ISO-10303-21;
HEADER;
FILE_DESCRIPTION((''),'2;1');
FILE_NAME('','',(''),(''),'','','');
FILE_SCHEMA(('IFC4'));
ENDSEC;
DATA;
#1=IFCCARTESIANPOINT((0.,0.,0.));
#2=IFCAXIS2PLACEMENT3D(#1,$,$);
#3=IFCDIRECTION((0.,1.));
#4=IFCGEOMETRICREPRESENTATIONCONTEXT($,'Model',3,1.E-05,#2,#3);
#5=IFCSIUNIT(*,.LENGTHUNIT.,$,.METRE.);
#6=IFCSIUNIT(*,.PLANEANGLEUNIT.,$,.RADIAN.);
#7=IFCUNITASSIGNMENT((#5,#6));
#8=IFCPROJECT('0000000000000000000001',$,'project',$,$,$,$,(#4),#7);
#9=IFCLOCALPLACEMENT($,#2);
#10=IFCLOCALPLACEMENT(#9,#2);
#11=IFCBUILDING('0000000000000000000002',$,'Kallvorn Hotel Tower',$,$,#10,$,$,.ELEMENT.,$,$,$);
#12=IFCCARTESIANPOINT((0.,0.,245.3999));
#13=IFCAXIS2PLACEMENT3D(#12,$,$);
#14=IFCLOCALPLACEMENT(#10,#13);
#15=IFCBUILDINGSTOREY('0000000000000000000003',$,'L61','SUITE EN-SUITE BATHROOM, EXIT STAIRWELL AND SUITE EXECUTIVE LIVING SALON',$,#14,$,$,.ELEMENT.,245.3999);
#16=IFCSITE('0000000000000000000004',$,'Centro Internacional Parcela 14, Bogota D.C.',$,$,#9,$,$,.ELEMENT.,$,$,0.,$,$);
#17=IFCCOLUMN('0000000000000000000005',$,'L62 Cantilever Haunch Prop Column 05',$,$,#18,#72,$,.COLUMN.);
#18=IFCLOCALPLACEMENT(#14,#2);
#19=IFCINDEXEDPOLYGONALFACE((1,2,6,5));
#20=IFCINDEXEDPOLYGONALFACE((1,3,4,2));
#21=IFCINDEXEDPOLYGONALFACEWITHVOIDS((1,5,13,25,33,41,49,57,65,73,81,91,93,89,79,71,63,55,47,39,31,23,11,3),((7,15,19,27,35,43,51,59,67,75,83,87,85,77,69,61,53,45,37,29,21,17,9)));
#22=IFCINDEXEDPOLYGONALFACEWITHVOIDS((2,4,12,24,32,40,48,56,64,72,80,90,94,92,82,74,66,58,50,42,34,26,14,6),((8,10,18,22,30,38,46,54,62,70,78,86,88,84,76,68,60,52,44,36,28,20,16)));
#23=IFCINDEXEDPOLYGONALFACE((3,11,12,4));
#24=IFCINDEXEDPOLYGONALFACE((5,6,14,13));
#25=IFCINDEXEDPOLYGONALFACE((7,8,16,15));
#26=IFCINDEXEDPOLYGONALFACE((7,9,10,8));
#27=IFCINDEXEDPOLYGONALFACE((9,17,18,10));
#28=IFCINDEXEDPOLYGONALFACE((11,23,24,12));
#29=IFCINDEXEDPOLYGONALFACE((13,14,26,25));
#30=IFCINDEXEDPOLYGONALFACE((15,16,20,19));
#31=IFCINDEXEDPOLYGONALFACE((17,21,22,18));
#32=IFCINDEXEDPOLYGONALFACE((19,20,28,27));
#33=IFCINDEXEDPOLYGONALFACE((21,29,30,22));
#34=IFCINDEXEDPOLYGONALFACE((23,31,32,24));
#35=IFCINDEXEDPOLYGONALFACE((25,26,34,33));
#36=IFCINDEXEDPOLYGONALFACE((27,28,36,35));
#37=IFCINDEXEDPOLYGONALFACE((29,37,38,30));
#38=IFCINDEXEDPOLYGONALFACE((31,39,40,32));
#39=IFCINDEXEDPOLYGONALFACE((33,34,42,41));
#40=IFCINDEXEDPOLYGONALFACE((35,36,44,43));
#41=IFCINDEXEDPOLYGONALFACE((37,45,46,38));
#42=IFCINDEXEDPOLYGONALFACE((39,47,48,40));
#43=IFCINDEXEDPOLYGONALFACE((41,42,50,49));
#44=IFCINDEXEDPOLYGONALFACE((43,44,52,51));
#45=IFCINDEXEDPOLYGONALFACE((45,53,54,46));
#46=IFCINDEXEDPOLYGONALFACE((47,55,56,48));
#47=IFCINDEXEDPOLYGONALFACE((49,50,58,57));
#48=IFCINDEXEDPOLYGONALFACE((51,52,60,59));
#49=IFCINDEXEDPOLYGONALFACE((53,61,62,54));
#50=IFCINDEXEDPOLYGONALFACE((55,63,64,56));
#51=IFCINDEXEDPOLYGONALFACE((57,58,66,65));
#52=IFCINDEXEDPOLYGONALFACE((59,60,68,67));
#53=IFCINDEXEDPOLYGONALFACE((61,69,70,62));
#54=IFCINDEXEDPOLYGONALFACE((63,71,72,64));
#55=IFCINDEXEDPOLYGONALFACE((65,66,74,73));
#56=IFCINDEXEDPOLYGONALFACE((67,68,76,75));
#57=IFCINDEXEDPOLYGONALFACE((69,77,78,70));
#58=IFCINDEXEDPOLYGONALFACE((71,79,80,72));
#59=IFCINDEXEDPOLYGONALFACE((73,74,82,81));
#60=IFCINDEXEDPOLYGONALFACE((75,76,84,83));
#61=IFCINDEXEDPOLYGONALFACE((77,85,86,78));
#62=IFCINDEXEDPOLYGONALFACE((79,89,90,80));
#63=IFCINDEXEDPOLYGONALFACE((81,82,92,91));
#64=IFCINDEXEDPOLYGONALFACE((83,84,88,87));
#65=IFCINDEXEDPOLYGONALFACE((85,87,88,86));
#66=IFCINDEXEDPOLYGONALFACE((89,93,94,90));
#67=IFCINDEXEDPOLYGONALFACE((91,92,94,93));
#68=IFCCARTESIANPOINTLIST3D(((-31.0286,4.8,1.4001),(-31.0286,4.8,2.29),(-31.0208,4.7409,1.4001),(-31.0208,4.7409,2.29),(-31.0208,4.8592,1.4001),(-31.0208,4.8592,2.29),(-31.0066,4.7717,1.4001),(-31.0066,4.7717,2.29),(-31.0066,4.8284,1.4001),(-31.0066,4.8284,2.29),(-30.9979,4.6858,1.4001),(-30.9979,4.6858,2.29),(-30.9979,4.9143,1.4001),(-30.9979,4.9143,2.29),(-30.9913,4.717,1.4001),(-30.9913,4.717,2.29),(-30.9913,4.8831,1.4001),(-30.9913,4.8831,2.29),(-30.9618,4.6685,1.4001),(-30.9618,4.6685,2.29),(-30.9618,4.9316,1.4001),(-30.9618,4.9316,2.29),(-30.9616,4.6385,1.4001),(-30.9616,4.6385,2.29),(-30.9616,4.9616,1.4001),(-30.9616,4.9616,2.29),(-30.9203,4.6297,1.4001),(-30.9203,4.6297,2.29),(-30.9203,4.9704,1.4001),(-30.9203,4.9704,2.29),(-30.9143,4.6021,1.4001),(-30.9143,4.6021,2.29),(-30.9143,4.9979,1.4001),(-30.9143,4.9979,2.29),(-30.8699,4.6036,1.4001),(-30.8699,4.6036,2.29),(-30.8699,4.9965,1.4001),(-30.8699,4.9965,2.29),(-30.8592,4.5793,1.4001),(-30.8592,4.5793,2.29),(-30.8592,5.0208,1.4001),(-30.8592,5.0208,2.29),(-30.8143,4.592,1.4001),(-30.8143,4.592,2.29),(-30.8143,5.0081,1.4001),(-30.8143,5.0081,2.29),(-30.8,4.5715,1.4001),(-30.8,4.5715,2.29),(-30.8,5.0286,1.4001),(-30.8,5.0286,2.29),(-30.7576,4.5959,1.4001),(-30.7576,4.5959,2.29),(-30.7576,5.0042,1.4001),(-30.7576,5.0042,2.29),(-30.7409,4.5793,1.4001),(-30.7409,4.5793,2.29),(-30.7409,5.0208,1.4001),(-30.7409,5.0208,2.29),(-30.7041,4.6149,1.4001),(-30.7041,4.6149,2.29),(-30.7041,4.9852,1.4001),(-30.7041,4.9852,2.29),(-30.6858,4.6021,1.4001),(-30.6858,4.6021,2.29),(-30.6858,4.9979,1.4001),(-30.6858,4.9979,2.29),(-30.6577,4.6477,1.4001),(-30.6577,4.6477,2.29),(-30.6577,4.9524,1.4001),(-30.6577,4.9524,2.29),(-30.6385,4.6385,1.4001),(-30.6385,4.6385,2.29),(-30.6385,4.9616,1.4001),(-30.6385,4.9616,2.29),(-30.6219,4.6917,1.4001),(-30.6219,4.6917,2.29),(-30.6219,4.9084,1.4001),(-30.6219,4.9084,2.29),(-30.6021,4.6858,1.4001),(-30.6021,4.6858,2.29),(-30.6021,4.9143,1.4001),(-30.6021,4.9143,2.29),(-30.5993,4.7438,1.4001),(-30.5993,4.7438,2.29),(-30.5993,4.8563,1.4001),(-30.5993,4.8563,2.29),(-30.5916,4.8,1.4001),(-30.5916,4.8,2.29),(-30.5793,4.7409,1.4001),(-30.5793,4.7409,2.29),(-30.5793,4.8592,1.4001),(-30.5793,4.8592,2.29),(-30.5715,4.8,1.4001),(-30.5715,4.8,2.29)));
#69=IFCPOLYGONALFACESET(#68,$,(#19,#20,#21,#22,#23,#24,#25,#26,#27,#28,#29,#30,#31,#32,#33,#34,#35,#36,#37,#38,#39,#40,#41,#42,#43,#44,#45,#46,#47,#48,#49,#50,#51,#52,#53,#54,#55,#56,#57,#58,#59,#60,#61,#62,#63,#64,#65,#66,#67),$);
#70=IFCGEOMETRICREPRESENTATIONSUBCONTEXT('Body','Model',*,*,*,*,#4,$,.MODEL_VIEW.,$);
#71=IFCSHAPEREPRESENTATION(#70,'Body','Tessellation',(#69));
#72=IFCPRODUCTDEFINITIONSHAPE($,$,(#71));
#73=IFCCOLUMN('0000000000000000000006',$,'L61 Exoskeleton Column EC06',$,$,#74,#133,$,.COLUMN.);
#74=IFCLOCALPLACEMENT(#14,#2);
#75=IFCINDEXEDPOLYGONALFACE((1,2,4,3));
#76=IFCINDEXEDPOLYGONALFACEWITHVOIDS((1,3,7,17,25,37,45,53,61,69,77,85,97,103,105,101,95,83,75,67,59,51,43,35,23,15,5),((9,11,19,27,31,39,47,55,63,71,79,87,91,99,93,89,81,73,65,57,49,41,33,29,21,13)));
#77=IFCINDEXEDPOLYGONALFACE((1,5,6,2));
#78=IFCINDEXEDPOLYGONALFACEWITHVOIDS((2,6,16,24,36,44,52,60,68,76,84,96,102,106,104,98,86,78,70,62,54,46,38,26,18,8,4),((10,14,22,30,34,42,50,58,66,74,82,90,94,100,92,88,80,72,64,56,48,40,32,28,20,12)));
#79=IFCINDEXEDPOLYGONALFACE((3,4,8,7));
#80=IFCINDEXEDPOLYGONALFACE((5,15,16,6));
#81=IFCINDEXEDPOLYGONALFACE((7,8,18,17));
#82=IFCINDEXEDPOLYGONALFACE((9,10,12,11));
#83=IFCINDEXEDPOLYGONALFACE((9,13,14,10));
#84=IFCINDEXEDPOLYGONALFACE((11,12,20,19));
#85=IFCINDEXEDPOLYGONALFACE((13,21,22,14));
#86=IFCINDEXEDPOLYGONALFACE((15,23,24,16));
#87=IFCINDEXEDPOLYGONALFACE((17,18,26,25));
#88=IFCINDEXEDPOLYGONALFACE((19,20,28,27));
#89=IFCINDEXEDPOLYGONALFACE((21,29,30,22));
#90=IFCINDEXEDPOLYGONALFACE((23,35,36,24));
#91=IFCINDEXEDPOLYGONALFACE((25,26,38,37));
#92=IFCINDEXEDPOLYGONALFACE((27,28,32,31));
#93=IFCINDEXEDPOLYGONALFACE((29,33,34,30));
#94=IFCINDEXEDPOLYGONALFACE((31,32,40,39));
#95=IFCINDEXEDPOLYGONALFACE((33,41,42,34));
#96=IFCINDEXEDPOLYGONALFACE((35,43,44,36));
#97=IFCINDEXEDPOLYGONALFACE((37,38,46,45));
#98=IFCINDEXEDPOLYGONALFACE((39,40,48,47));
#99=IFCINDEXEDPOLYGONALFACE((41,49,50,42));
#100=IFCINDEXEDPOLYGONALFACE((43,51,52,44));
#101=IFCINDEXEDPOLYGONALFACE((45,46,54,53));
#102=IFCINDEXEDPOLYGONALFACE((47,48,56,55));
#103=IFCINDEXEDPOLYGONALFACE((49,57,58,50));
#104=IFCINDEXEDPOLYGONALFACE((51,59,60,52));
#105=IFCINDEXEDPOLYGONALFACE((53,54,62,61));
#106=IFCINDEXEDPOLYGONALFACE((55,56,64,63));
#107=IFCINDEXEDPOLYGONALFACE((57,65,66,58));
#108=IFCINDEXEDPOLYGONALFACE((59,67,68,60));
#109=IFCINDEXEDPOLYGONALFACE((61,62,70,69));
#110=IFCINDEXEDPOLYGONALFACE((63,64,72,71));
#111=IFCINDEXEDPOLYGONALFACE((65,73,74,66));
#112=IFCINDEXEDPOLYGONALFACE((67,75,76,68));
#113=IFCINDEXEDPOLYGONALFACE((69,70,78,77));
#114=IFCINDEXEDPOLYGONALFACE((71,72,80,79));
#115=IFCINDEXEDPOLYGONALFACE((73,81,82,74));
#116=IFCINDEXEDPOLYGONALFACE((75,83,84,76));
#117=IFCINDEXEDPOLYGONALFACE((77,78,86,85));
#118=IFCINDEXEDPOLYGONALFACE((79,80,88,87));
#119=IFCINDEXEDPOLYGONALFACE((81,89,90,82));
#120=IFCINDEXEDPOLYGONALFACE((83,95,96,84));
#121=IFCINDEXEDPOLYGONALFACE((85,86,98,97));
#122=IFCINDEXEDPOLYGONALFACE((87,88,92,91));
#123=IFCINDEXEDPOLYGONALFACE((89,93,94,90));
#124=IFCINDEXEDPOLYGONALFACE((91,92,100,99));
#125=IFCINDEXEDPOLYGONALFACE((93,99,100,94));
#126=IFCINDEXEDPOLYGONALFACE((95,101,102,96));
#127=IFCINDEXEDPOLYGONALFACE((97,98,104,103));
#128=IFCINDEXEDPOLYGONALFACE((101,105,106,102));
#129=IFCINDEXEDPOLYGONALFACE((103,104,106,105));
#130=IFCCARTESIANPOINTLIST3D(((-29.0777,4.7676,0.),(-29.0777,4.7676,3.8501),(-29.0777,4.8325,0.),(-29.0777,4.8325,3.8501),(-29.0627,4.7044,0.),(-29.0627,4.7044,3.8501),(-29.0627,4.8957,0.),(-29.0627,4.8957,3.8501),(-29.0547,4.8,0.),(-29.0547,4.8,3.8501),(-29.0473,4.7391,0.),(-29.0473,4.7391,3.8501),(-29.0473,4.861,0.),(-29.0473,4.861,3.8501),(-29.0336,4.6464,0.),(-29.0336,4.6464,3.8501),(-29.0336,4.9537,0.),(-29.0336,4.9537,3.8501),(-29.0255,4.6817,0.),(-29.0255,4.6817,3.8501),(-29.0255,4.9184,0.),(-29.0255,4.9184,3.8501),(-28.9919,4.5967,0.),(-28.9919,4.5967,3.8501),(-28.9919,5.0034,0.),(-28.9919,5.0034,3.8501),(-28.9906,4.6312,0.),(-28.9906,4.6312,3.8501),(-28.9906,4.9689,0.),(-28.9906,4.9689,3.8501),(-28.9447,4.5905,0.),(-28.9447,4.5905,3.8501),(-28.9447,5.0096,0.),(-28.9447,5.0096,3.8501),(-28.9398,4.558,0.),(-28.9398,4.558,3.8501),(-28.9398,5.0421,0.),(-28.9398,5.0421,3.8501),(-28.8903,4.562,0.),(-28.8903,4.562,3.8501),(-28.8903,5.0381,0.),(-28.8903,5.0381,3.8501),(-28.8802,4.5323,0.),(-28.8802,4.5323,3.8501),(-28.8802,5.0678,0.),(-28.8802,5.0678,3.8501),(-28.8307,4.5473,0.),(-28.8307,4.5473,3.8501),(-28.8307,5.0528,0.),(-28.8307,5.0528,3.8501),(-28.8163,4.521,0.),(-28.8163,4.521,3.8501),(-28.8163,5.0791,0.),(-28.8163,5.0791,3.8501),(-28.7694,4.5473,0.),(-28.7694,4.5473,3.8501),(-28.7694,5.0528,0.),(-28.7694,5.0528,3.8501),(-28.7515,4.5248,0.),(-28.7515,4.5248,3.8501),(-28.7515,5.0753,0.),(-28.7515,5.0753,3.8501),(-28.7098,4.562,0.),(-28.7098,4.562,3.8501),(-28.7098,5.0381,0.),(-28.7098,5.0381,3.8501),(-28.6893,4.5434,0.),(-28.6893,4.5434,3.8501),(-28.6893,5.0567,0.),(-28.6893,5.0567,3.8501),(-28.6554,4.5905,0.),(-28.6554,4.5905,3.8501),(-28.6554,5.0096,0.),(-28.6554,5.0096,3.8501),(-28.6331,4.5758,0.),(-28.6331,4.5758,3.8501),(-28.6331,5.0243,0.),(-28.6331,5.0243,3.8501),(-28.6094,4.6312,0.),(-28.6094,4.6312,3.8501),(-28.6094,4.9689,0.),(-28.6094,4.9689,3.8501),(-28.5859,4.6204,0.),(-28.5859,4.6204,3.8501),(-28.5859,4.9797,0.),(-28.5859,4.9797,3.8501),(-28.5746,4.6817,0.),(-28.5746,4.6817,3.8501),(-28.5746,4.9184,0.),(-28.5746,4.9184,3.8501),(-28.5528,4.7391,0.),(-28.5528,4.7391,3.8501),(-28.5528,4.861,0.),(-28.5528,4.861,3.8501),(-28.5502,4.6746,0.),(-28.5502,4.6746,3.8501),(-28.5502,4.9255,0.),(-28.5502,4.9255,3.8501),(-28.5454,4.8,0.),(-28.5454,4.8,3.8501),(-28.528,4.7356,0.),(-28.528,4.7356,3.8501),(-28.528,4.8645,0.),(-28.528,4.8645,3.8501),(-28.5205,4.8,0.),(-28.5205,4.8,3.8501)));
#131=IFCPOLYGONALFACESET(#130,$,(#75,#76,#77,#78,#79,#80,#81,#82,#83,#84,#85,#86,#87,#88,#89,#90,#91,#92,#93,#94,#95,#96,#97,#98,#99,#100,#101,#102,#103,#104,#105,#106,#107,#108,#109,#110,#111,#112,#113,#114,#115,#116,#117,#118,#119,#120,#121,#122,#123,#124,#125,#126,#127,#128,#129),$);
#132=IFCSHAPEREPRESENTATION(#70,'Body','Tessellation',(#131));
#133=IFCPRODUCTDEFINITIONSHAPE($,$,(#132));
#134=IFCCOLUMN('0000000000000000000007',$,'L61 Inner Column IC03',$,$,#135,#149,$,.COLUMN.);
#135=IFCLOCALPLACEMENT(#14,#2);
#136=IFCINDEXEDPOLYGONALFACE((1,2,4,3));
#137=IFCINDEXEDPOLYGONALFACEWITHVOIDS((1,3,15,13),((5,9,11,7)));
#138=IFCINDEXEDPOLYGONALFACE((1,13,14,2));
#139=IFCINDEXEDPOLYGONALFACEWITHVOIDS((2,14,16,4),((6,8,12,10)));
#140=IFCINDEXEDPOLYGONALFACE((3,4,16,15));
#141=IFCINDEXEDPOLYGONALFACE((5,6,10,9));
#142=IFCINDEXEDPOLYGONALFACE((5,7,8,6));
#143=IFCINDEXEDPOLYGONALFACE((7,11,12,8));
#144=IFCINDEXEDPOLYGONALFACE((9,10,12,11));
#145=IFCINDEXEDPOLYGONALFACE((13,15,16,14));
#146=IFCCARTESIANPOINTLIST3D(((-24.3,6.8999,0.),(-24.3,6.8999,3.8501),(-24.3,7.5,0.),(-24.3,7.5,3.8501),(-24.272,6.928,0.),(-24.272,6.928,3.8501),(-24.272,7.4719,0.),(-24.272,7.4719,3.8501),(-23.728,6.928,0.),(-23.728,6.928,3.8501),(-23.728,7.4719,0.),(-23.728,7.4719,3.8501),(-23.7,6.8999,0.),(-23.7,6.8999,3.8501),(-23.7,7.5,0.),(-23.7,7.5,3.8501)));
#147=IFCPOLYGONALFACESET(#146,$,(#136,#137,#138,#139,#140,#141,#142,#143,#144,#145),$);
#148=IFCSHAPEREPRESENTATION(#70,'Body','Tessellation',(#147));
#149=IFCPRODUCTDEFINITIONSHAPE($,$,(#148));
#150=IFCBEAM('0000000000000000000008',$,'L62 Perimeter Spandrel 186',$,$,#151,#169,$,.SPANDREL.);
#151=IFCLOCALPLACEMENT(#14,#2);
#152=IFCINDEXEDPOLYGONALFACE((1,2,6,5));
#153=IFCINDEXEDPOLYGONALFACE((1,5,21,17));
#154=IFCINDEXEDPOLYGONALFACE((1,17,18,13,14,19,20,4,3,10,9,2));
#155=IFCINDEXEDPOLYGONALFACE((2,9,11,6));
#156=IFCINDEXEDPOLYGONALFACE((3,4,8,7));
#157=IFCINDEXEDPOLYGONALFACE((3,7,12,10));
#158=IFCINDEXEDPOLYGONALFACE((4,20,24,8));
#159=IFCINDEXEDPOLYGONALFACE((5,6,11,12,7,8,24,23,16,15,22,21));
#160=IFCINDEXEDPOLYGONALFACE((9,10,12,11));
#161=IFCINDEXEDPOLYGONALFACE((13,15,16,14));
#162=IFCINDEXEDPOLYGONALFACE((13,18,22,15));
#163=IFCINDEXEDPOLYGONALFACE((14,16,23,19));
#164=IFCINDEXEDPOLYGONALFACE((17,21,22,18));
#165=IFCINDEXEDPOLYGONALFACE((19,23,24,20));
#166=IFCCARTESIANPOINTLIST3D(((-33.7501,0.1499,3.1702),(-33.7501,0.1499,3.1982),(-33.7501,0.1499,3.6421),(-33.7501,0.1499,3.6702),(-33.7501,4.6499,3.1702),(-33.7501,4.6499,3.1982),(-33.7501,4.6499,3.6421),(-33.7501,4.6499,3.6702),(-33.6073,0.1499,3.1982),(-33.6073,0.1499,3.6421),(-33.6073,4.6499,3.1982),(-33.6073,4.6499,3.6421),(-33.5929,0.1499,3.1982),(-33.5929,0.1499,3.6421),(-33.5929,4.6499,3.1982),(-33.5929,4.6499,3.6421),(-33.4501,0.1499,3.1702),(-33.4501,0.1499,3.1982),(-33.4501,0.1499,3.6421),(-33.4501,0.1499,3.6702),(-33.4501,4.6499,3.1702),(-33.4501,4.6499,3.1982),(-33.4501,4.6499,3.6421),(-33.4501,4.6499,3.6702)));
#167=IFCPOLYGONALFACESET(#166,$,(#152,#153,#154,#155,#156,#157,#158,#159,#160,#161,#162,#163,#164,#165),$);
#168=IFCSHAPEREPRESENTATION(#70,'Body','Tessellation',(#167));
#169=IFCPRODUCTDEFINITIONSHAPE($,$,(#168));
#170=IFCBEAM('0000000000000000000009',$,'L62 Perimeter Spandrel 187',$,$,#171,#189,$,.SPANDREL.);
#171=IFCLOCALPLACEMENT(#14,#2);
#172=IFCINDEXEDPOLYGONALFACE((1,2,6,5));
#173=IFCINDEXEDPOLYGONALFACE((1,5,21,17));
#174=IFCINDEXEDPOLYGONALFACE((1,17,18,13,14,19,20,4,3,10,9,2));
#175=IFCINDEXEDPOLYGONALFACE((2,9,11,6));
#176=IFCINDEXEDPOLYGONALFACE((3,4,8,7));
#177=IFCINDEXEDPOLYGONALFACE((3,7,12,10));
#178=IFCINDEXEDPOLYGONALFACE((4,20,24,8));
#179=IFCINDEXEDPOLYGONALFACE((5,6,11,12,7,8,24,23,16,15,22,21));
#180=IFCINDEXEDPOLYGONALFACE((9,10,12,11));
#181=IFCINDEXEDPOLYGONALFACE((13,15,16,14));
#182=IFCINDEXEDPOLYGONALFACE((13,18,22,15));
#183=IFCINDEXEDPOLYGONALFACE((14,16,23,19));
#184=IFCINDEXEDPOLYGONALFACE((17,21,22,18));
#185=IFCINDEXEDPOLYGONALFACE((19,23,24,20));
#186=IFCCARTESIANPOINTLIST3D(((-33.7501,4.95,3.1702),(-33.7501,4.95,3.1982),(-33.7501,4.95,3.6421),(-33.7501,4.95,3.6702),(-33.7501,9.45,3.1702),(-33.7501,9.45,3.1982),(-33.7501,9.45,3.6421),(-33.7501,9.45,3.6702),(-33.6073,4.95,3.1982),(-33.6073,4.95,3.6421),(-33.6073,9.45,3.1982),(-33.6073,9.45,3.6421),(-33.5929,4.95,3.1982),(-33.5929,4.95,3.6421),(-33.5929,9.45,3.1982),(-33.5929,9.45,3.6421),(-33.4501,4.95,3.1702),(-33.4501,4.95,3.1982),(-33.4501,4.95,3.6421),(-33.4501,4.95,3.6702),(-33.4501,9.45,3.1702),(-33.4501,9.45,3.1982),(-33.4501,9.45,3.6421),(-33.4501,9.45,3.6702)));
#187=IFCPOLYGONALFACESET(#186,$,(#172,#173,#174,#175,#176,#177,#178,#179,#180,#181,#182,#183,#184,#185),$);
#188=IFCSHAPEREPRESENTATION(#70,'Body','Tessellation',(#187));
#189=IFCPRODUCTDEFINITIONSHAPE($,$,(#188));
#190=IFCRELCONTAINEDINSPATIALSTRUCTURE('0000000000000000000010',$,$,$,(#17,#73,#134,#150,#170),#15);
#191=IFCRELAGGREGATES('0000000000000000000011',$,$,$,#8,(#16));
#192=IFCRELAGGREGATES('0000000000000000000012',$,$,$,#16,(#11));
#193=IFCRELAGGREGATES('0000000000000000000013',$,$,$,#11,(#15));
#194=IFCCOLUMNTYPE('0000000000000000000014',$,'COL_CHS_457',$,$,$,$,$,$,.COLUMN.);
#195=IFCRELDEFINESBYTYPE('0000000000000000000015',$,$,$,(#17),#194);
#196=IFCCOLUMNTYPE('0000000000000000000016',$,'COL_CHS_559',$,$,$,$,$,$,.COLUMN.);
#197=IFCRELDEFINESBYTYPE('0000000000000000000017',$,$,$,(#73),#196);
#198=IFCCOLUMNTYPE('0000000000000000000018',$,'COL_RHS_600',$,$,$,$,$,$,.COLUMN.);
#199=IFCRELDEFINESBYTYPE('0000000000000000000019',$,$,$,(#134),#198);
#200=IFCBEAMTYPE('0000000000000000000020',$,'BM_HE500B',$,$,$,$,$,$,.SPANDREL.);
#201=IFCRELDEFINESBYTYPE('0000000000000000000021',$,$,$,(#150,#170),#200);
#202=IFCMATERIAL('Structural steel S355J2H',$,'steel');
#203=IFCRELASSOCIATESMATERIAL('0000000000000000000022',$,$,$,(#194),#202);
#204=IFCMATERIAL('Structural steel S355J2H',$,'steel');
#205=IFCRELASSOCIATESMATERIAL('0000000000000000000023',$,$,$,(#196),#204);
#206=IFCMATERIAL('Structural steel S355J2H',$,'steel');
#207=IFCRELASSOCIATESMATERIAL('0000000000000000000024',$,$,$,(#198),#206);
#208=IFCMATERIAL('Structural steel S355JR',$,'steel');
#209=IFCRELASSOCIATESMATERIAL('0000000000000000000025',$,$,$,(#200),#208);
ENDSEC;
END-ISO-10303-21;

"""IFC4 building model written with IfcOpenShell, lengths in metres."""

from ifc_helpers import new_model, si_unit, direction, frame, origin, origin_2d, place, context, subcontext, project, spatial, hollow_rectangle, hollow_circle, i_section, extrude, material, material_profile, profile_set, type_object, element, save


model = new_model("IFC4")

# Units and contexts
model_context = context("Model", 3, precision=1e-05, world=origin(), true_north=direction((0.0, 1.0)))
body_context = subcontext(model_context, "Body", "Model", "MODEL_VIEW")
ifc_project = project(units=[si_unit("LENGTHUNIT", "METRE"), si_unit("PLANEANGLEUNIT", "RADIAN")], contexts=[model_context])

# Site, building, storey
site_placement = place(None, origin())
site = spatial("IfcSite", under=ifc_project, at=site_placement, Name="Centro Internacional Parcela 14, Bogota D.C.", CompositionType="ELEMENT", RefElevation=0.0)
building_placement = place(site_placement, origin())
building = spatial("IfcBuilding", under=site, at=building_placement, Name="Kallvorn Hotel Tower", CompositionType="ELEMENT")
storey_placement = place(building_placement, frame((0.0, 0.0, 245.3999)))
storey = spatial("IfcBuildingStorey", under=building, at=storey_placement, Name="L61", Description="SUITE EN-SUITE BATHROOM, EXIT STAIRWELL AND SUITE EXECUTIVE LIVING SALON", CompositionType="ELEMENT", Elevation=245.3999)

# Columns
ifc_material_1 = material(Name="Structural steel S355J2H", Category="steel")
ifc_material_profile_1 = material_profile(ifc_material_1, hollow_circle(Radius=0.2285, WallThickness=0.02, at=origin_2d()), Name="CHS 457x20")
ifc_profile_set_1 = profile_set([ifc_material_profile_1], Name="Structural steel S355J2H")
column_type_1 = type_object("IfcColumnType", Name="COL_CHS_457", PredefinedType="COLUMN", material=ifc_profile_set_1)
column_1_placement = place(storey_placement, frame((-30.8, 4.8, 1.4001), z_axis=(0.0, 0.0, 1.0), x_axis=(1.0, 0.0, 0.0)))
element("IfcColumn", 1, at=column_1_placement, inside=storey, type_object=column_type_1, Name="L62 Cantilever Haunch Prop Column 05", PredefinedType="COLUMN", context=body_context, shape_type="SweptSolid", body=[
    extrude(hollow_circle(Radius=0.2285, WallThickness=0.02, at=origin_2d()), origin(), (0.0, 0.0, 1.0), 0.8899),
])
ifc_material_2 = material(Name="Structural steel S355J2H", Category="steel")
ifc_material_profile_2 = material_profile(ifc_material_2, hollow_circle(Radius=0.2795, WallThickness=0.0249, at=origin_2d()), Name="CHS 559x25")
ifc_profile_set_2 = profile_set([ifc_material_profile_2], Name="Structural steel S355J2H")
column_type_2 = type_object("IfcColumnType", Name="COL_CHS_559", PredefinedType="COLUMN", material=ifc_profile_set_2)
column_2_placement = place(storey_placement, frame((-28.8, 4.8, 0.0), z_axis=(0.0, 0.0, 1.0), x_axis=(1.0, 0.0, 0.0)))
element("IfcColumn", 2, at=column_2_placement, inside=storey, type_object=column_type_2, Name="L61 Exoskeleton Column EC06", PredefinedType="COLUMN", context=body_context, shape_type="SweptSolid", body=[
    extrude(hollow_circle(Radius=0.2795, WallThickness=0.0249, at=origin_2d()), origin(), (0.0, 0.0, 1.0), 3.8501),
])
ifc_material_3 = material(Name="Structural steel S355J2H", Category="steel")
ifc_material_profile_3 = material_profile(ifc_material_3, hollow_rectangle(XDim=0.6001, YDim=0.6001, WallThickness=0.0281, at=origin_2d()), Name="RHS 600x600x28")
ifc_profile_set_3 = profile_set([ifc_material_profile_3], Name="Structural steel S355J2H")
column_type_3 = type_object("IfcColumnType", Name="COL_RHS_600", PredefinedType="COLUMN", material=ifc_profile_set_3)
column_3_placement = place(storey_placement, frame((-24.0, 7.2, 0.0), z_axis=(0.0, 0.0, 1.0), x_axis=(1.0, 0.0, 0.0)))
element("IfcColumn", 3, at=column_3_placement, inside=storey, type_object=column_type_3, Name="L61 Inner Column IC03", PredefinedType="COLUMN", context=body_context, shape_type="SweptSolid", body=[
    extrude(hollow_rectangle(XDim=0.6001, YDim=0.6001, WallThickness=0.0281, at=origin_2d()), origin(), (0.0, 0.0, 1.0), 3.8501),
])

# Beams
ifc_material_4 = material(Name="Structural steel S355JR", Category="steel")
ifc_material_profile_4 = material_profile(ifc_material_4, i_section(OverallWidth=0.3, OverallDepth=0.5, WebThickness=0.0144, FlangeThickness=0.0281, at=origin_2d()), Name="HE 500 B")
ifc_profile_set_4 = profile_set([ifc_material_profile_4], Name="Structural steel S355JR")
beam_type_1 = type_object("IfcBeamType", Name="BM_HE500B", PredefinedType="SPANDREL", material=ifc_profile_set_4)
for number, where, z_axis, x_axis, name in (
    (4, (-33.6001, 0.1499, 3.4202), (0.0, 1.0, 0.0), (-1.0, 0.0, 0.0), "L62 Perimeter Spandrel 186"),
    (5, (-33.6001, 4.95, 3.4202), (0.0, 1.0, 0.0), (-1.0, 0.0, 0.0), "L62 Perimeter Spandrel 187"),
):
    element("IfcBeam", number, at=place(storey_placement, frame(where, z_axis=z_axis, x_axis=x_axis)), inside=storey, type_object=beam_type_1, Name=name, PredefinedType="SPANDREL", context=body_context, shape_type="SweptSolid", body=[
        extrude(i_section(OverallWidth=0.3, OverallDepth=0.5, WebThickness=0.0144, FlangeThickness=0.0281, at=origin_2d()), origin(), (0.0, 0.0, 1.0), 4.5),
    ])

save(model, "model.ifc")
